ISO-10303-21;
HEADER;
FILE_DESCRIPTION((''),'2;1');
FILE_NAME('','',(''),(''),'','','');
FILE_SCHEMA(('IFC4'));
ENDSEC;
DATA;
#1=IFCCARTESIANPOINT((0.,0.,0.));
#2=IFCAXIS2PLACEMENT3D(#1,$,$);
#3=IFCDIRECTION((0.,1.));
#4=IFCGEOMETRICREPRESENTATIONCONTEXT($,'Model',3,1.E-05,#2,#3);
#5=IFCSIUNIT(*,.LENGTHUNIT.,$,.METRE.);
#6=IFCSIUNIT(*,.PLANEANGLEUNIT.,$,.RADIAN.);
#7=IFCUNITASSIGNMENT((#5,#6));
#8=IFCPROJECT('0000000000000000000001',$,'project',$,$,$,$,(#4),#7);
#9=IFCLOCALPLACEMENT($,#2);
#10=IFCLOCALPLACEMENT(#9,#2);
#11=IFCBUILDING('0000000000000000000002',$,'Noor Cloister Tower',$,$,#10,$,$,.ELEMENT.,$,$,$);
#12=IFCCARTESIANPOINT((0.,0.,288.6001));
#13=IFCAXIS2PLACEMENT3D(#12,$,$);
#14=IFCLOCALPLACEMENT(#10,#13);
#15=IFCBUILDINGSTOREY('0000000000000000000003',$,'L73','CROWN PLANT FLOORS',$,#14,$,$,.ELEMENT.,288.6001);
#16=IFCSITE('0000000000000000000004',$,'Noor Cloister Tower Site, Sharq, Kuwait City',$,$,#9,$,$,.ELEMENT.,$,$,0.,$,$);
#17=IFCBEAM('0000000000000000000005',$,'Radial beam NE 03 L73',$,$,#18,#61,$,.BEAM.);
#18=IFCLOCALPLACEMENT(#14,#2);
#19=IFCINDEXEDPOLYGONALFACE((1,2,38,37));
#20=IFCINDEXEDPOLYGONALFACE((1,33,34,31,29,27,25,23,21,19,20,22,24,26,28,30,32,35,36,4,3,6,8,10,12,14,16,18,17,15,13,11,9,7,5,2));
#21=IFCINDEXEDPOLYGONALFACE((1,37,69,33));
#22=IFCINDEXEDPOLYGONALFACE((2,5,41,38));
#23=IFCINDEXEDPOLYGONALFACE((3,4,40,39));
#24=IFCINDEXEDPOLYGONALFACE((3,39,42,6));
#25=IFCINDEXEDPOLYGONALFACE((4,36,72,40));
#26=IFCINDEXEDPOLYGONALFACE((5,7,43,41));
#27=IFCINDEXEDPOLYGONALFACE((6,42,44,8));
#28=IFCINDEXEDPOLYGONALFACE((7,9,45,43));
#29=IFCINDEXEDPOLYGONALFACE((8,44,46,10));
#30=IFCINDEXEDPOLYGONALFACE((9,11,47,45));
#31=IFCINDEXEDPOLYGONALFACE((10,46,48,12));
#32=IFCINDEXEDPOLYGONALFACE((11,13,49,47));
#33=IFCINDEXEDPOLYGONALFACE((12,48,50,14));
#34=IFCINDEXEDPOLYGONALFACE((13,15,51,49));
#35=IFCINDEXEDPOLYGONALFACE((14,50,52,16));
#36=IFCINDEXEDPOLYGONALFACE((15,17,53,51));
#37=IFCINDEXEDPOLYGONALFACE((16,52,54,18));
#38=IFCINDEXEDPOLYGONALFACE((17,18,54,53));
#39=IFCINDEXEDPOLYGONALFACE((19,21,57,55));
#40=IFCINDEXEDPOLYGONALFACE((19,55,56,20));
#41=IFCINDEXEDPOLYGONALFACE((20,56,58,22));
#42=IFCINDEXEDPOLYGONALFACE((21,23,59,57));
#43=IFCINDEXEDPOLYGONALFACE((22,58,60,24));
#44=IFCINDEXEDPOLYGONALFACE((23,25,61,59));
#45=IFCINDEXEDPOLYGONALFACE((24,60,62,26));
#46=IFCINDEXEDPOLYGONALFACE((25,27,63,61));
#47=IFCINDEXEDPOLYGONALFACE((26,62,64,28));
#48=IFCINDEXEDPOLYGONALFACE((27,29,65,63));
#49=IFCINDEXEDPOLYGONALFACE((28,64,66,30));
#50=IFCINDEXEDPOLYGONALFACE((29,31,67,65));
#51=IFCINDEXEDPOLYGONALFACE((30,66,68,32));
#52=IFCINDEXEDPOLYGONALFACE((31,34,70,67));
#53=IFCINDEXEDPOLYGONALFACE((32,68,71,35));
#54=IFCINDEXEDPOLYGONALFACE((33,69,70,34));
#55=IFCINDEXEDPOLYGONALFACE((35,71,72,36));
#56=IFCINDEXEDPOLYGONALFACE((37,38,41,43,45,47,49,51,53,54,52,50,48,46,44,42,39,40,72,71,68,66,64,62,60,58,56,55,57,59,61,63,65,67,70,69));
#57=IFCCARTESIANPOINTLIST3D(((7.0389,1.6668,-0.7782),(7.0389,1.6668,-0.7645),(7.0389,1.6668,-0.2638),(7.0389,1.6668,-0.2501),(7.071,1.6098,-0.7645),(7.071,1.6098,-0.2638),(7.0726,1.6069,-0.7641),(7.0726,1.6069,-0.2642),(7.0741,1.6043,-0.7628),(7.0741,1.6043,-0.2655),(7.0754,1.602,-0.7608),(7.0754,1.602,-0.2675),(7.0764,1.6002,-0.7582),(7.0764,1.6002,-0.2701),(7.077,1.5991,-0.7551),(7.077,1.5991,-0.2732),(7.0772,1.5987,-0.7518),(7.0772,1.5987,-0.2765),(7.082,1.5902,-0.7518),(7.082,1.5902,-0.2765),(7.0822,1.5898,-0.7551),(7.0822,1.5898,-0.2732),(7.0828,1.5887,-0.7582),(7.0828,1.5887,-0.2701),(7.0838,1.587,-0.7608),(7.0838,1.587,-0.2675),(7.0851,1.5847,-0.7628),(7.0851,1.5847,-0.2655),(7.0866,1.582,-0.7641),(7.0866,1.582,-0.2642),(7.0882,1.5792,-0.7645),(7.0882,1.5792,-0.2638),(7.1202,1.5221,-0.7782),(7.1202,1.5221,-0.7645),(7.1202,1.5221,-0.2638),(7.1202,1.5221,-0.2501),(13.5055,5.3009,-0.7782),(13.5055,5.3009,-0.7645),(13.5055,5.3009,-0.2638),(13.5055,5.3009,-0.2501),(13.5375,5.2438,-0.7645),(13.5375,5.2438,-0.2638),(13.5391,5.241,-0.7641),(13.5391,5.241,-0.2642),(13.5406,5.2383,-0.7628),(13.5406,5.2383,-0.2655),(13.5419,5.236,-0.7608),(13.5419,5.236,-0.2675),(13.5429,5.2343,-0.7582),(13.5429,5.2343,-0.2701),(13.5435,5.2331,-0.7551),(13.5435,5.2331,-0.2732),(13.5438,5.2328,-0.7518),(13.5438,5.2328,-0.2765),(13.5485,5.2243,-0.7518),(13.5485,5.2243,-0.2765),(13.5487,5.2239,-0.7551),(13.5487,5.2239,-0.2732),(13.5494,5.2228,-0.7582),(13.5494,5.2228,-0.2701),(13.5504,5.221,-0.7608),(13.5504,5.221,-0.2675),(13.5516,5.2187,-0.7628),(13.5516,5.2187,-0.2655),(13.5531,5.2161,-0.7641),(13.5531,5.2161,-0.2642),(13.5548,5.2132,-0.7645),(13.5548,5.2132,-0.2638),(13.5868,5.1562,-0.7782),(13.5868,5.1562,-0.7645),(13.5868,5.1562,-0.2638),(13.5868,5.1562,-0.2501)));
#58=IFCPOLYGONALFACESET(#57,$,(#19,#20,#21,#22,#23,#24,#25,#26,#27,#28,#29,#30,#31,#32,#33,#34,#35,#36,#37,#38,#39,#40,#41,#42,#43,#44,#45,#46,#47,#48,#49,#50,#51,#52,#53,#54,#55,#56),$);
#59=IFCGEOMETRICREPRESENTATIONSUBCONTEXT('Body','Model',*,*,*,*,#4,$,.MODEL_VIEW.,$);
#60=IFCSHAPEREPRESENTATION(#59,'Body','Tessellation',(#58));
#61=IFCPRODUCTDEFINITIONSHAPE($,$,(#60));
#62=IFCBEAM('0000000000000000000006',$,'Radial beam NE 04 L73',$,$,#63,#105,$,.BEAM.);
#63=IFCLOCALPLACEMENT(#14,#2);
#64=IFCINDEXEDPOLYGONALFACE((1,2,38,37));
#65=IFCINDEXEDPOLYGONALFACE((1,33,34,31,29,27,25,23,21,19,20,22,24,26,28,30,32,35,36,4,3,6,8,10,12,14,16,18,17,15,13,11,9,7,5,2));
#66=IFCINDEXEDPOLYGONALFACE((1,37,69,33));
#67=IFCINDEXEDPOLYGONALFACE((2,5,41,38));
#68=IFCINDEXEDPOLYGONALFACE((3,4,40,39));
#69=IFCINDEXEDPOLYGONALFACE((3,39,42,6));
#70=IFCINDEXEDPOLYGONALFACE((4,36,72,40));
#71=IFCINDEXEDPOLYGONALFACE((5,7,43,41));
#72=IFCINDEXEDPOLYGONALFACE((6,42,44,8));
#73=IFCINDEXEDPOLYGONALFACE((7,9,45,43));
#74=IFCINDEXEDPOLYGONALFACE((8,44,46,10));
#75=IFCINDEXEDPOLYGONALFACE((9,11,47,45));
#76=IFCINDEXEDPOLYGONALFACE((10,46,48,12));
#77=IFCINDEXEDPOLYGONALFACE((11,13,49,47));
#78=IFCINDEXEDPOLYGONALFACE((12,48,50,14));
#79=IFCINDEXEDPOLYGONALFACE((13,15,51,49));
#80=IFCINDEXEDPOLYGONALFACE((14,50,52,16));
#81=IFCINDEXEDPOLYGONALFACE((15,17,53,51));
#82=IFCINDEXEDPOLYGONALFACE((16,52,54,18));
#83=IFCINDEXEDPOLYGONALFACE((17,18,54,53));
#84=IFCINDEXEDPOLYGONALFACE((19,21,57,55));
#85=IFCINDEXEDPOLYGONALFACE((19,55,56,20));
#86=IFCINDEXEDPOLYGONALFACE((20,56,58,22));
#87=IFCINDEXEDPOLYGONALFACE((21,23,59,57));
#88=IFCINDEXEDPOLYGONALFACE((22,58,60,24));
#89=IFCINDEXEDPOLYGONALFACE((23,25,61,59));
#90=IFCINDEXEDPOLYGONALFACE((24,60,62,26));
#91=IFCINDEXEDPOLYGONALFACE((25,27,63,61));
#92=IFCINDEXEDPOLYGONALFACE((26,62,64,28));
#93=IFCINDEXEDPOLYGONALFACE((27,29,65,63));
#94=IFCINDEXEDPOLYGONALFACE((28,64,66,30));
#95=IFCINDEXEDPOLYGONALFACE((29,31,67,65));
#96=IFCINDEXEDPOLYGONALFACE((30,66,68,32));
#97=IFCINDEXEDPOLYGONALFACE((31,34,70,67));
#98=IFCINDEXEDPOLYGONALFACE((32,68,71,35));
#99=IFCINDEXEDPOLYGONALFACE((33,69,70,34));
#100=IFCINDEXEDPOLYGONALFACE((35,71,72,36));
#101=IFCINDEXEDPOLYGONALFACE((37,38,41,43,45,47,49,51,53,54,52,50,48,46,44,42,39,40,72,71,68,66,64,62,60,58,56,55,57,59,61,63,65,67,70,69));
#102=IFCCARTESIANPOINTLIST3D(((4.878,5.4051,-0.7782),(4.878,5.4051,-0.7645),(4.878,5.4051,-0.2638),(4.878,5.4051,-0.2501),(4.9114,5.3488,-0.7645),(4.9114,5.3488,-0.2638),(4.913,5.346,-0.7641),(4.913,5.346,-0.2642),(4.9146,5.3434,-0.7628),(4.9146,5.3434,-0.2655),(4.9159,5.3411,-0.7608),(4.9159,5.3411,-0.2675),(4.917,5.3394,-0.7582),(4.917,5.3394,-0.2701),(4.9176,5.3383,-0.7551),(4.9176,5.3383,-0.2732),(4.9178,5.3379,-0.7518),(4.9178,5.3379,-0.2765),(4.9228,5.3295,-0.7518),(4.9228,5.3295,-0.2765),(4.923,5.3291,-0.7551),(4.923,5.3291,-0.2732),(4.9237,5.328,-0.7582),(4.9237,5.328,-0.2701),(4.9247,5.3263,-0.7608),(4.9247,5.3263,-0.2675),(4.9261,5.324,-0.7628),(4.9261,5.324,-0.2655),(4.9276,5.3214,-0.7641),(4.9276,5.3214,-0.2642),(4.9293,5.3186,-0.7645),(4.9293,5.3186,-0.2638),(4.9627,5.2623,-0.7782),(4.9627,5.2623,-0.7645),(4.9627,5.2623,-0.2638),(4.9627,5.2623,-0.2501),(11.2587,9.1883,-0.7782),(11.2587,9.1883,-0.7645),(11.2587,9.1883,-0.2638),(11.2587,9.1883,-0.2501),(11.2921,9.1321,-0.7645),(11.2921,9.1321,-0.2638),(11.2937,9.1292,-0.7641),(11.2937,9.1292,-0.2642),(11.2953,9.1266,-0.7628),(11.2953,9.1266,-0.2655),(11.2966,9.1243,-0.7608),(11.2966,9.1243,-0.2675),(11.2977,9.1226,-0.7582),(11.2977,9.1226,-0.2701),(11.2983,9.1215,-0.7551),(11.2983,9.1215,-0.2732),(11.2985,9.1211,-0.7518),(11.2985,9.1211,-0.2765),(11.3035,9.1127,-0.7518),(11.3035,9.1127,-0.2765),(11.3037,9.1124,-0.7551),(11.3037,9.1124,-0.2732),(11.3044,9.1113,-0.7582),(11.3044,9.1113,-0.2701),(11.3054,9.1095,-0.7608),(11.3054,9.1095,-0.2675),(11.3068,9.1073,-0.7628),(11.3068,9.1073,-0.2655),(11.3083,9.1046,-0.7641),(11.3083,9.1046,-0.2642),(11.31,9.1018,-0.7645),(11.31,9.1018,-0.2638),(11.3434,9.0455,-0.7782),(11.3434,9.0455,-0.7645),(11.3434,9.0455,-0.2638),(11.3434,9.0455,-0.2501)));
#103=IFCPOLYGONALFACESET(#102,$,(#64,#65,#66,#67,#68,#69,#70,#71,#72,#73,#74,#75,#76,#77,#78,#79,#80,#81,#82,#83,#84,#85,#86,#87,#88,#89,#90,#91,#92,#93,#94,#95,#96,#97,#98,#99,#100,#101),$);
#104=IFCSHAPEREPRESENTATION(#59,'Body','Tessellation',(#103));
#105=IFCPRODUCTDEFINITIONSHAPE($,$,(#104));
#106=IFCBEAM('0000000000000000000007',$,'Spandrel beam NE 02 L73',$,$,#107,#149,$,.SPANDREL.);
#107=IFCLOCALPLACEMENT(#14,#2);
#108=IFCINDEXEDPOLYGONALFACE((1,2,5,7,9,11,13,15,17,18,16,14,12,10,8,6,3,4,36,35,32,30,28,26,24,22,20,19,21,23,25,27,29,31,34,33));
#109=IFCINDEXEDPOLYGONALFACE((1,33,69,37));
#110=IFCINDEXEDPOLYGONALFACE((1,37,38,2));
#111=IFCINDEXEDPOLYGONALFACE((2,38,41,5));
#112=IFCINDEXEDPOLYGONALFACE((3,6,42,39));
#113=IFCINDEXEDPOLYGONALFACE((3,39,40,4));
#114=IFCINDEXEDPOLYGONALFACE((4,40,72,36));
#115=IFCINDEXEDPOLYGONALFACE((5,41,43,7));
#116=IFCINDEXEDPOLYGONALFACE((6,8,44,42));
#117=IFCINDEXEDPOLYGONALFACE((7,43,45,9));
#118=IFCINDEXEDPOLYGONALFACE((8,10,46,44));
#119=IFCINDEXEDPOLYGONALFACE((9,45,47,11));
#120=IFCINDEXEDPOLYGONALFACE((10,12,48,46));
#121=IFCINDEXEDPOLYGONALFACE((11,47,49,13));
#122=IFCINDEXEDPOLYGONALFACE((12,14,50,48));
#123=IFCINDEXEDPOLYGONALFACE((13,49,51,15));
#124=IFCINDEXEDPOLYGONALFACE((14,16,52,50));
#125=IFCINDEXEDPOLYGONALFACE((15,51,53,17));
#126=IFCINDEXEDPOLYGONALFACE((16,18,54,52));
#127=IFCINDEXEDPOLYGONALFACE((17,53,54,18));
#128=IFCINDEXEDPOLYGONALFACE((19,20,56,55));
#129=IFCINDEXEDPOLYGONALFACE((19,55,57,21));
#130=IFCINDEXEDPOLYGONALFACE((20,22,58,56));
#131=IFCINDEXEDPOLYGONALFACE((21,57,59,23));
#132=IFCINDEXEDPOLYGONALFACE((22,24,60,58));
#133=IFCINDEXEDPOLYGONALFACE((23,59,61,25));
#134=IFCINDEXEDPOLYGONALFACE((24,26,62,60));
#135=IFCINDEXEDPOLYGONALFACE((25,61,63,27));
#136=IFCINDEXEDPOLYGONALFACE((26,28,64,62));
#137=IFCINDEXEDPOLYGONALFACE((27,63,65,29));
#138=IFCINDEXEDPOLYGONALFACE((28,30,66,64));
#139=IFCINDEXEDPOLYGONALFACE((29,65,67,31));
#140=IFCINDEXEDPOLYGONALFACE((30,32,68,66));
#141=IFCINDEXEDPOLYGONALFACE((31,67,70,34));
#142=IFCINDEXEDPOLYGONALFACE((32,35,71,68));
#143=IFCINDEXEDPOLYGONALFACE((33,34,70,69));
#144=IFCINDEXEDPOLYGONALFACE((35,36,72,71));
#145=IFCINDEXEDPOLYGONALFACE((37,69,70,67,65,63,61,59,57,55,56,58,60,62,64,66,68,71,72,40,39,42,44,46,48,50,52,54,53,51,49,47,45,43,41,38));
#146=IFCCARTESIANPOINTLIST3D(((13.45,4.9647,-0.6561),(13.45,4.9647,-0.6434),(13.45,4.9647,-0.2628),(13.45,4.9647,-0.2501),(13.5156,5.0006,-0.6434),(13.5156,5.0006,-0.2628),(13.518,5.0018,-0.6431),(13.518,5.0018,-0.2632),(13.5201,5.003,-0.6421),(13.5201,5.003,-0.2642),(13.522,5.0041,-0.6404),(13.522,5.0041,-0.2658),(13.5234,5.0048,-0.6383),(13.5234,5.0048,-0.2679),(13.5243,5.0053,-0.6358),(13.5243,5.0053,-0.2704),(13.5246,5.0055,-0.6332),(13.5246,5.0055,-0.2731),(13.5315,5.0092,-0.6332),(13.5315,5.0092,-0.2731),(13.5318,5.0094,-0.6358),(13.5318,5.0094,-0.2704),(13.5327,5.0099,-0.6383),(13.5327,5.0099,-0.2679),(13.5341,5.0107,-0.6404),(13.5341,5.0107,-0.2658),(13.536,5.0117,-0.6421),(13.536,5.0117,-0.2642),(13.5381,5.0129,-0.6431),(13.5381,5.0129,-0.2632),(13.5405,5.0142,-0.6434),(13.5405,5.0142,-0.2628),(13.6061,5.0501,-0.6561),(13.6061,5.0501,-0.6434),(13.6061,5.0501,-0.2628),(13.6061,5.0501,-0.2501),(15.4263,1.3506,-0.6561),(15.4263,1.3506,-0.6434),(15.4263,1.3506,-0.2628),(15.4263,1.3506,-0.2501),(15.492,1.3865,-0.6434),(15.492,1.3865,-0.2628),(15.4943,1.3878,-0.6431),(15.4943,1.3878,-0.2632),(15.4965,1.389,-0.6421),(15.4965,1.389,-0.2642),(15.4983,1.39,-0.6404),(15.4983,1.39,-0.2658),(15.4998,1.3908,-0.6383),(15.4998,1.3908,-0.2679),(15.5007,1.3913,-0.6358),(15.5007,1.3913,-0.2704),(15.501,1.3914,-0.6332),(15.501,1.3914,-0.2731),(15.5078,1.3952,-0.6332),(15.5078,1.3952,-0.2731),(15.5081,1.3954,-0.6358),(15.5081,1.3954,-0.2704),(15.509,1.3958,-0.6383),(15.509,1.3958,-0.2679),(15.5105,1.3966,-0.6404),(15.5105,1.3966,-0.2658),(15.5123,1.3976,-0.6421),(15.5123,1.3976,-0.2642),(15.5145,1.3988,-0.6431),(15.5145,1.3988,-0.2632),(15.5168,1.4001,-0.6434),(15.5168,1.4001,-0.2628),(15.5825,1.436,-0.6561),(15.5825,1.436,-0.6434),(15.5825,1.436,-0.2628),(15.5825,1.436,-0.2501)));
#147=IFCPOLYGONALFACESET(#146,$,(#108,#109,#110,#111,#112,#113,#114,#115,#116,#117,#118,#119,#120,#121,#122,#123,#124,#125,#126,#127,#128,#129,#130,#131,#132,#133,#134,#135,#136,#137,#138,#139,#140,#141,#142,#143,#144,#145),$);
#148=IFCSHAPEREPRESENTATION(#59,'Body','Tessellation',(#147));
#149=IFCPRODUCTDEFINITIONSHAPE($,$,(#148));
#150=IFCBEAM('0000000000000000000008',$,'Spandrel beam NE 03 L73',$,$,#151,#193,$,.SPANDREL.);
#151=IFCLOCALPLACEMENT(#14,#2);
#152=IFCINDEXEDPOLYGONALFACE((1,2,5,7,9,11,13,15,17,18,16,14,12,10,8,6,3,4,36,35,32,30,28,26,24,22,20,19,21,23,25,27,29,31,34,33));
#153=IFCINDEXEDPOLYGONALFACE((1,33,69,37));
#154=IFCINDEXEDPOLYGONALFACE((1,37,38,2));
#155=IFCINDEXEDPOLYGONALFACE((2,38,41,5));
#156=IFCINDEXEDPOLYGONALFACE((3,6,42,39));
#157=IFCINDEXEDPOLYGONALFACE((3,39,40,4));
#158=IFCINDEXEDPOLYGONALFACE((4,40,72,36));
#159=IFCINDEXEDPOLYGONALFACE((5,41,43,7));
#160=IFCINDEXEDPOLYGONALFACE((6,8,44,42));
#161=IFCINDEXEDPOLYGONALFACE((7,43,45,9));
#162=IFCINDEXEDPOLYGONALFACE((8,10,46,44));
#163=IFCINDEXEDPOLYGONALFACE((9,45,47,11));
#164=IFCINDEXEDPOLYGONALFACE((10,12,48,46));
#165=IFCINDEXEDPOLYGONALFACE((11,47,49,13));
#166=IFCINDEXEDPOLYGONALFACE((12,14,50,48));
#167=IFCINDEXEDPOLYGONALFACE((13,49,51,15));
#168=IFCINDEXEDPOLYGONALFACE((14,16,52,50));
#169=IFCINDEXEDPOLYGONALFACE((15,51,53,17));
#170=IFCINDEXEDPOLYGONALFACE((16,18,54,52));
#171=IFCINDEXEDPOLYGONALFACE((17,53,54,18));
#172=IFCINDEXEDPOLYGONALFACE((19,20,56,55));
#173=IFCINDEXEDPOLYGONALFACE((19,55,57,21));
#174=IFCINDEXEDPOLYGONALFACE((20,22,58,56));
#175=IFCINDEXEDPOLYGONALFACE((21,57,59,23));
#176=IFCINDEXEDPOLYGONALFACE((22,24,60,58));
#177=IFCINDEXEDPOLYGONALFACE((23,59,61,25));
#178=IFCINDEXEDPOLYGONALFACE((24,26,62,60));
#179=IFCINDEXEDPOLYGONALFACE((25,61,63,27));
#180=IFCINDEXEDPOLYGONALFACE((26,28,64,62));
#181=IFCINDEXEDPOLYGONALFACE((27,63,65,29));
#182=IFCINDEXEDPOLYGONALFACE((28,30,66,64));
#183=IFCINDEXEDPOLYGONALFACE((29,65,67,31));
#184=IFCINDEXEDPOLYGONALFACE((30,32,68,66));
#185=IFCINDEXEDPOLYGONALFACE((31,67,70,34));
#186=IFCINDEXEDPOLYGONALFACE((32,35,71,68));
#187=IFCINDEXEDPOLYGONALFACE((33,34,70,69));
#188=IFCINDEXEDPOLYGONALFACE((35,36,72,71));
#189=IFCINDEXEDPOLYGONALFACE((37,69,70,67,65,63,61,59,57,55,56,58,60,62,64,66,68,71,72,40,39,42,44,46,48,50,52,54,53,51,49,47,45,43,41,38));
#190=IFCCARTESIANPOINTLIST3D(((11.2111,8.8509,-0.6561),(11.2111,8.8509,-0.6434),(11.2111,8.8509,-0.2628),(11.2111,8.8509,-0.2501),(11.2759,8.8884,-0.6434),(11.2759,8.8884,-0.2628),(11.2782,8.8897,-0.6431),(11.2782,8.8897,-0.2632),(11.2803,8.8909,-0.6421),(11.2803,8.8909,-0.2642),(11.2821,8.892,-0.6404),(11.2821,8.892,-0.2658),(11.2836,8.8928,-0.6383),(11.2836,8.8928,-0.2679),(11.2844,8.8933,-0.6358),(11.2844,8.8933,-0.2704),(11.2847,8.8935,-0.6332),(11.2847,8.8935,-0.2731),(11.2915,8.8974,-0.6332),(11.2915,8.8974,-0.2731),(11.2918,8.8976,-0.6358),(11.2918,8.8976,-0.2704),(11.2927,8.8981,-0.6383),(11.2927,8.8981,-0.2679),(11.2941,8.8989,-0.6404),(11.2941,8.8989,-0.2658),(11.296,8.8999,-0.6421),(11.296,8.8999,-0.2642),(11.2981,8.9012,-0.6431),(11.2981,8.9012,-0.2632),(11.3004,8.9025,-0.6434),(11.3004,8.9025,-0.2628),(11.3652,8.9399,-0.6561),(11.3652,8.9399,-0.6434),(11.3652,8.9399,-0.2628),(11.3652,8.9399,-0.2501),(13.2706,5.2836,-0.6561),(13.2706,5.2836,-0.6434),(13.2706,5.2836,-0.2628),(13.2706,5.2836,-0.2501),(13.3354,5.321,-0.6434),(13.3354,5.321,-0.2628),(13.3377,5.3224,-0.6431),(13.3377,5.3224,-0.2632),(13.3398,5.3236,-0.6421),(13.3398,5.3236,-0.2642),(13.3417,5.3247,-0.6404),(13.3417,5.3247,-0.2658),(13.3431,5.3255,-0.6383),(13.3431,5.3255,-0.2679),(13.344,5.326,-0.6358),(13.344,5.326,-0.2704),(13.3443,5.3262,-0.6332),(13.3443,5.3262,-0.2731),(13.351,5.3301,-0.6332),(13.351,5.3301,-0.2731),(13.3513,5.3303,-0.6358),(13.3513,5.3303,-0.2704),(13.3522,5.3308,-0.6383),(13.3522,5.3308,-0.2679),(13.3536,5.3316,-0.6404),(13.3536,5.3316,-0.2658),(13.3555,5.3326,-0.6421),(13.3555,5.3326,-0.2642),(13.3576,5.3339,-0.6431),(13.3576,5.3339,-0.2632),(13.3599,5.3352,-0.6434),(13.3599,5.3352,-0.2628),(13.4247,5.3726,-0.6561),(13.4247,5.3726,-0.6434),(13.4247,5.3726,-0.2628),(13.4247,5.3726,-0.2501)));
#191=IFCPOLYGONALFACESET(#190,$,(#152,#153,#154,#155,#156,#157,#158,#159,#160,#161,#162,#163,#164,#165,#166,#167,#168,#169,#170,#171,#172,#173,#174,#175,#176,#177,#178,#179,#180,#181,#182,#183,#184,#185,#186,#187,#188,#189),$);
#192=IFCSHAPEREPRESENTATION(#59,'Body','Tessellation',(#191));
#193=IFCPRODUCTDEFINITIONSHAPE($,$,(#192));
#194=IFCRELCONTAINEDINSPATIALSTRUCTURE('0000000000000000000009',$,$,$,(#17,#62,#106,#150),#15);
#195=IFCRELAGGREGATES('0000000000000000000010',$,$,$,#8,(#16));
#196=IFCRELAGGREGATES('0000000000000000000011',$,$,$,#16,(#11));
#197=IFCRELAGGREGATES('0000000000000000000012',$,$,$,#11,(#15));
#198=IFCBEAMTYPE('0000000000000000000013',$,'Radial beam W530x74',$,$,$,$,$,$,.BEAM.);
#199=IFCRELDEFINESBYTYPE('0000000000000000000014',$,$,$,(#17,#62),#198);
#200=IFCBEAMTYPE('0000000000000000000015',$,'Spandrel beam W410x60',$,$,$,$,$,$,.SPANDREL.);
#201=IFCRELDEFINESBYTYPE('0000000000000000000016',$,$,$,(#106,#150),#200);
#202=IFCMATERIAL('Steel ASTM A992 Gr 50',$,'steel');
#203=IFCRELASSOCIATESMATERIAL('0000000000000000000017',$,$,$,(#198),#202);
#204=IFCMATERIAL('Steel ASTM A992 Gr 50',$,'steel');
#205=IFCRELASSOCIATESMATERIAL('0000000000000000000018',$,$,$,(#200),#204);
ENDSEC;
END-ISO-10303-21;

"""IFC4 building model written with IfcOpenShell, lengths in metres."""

from ifc_helpers import new_model, si_unit, direction, frame, origin, origin_2d, place, context, subcontext, project, spatial, i_section, extrude, material, material_profile, profile_set, type_object, element, save


model = new_model("IFC4")

# Units and contexts
model_context = context("Model", 3, precision=1e-05, world=origin(), true_north=direction((0.0, 1.0)))
body_context = subcontext(model_context, "Body", "Model", "MODEL_VIEW")
ifc_project = project(units=[si_unit("LENGTHUNIT", "METRE"), si_unit("PLANEANGLEUNIT", "RADIAN")], contexts=[model_context])

# Site, building, storey
site_placement = place(None, origin())
site = spatial("IfcSite", under=ifc_project, at=site_placement, Name="Noor Cloister Tower Site, Sharq, Kuwait City", CompositionType="ELEMENT", RefElevation=0.0)
building_placement = place(site_placement, origin())
building = spatial("IfcBuilding", under=site, at=building_placement, Name="Noor Cloister Tower", CompositionType="ELEMENT")
storey_placement = place(building_placement, frame((0.0, 0.0, 288.6001)))
storey = spatial("IfcBuildingStorey", under=building, at=storey_placement, Name="L73", Description="CROWN PLANT FLOORS", CompositionType="ELEMENT", Elevation=288.6001)

# Beams
ifc_material_1 = material(Name="Steel ASTM A992 Gr 50", Category="steel")
ifc_material_profile_1 = material_profile(ifc_material_1, i_section(OverallWidth=0.166, OverallDepth=0.5281, WebThickness=0.0098, FlangeThickness=0.0137, FilletRadius=0.0127, at=origin_2d()), Name="W530x74")
ifc_profile_set_1 = profile_set([ifc_material_profile_1], Name="Steel ASTM A992 Gr 50")
beam_type_1 = type_object("IfcBeamType", Name="Radial beam W530x74", PredefinedType="BEAM", material=ifc_profile_set_1)
beam_1_placement = place(storey_placement, frame((13.5461, 5.2285, -0.5142), z_axis=(-0.871771, -0.489913, 0.0), x_axis=(0.489913, -0.871771, 0.0)))
element("IfcBeam", 1, at=beam_1_placement, inside=storey, type_object=beam_type_1, Name="Radial beam NE 03 L73", PredefinedType="BEAM", context=body_context, shape_type="SweptSolid", body=[
    extrude(i_section(OverallWidth=0.166, OverallDepth=0.5281, WebThickness=0.0098, FlangeThickness=0.0137, FilletRadius=0.0127, at=origin_2d()), origin(), (0.0, 0.0, 1.0), 7.4177),
])
beam_2_placement = place(storey_placement, frame((11.301, 9.1169, -0.5142), z_axis=(-0.860167, -0.510012, 0.0), x_axis=(0.510012, -0.860167, 0.0)))
element("IfcBeam", 2, at=beam_2_placement, inside=storey, type_object=beam_type_1, Name="Radial beam NE 04 L73", PredefinedType="BEAM", context=body_context, shape_type="SweptSolid", body=[
    extrude(i_section(OverallWidth=0.166, OverallDepth=0.5281, WebThickness=0.0098, FlangeThickness=0.0137, FilletRadius=0.0127, at=origin_2d()), origin(), (0.0, 0.0, 1.0), 7.418),
])
ifc_material_2 = material(Name="Steel ASTM A992 Gr 50", Category="steel")
ifc_material_profile_2 = material_profile(ifc_material_2, i_section(OverallWidth=0.178, OverallDepth=0.406, WebThickness=0.0078, FlangeThickness=0.0127, FilletRadius=0.0103, at=origin_2d()), Name="W410x60")
ifc_profile_set_2 = profile_set([ifc_material_profile_2], Name="Steel ASTM A992 Gr 50")
beam_type_2 = type_object("IfcBeamType", Name="Spandrel beam W410x60", PredefinedType="SPANDREL", material=ifc_profile_set_2)
for number, where, z_axis, x_axis, name in (
    (3, (15.5044, 1.3933, -0.4531), (-0.479795, 0.877381, 0.0), (-0.877381, -0.479795, 0.0), "Spandrel beam NE 02 L73"),
    (4, (13.3477, 5.3281, -0.4531), (-0.499989, 0.866032, 0.0), (-0.866032, -0.499989, 0.0), "Spandrel beam NE 03 L73"),
):
    element("IfcBeam", number, at=place(storey_placement, frame(where, z_axis=z_axis, x_axis=x_axis)), inside=storey, type_object=beam_type_2, Name=name, PredefinedType="SPANDREL", context=body_context, shape_type="SweptSolid", body=[
        extrude(i_section(OverallWidth=0.178, OverallDepth=0.406, WebThickness=0.0078, FlangeThickness=0.0127, FilletRadius=0.0103, at=origin_2d()), origin(), (0.0, 0.0, 1.0), 4.1191),
    ])

save(model, "model.ifc")
